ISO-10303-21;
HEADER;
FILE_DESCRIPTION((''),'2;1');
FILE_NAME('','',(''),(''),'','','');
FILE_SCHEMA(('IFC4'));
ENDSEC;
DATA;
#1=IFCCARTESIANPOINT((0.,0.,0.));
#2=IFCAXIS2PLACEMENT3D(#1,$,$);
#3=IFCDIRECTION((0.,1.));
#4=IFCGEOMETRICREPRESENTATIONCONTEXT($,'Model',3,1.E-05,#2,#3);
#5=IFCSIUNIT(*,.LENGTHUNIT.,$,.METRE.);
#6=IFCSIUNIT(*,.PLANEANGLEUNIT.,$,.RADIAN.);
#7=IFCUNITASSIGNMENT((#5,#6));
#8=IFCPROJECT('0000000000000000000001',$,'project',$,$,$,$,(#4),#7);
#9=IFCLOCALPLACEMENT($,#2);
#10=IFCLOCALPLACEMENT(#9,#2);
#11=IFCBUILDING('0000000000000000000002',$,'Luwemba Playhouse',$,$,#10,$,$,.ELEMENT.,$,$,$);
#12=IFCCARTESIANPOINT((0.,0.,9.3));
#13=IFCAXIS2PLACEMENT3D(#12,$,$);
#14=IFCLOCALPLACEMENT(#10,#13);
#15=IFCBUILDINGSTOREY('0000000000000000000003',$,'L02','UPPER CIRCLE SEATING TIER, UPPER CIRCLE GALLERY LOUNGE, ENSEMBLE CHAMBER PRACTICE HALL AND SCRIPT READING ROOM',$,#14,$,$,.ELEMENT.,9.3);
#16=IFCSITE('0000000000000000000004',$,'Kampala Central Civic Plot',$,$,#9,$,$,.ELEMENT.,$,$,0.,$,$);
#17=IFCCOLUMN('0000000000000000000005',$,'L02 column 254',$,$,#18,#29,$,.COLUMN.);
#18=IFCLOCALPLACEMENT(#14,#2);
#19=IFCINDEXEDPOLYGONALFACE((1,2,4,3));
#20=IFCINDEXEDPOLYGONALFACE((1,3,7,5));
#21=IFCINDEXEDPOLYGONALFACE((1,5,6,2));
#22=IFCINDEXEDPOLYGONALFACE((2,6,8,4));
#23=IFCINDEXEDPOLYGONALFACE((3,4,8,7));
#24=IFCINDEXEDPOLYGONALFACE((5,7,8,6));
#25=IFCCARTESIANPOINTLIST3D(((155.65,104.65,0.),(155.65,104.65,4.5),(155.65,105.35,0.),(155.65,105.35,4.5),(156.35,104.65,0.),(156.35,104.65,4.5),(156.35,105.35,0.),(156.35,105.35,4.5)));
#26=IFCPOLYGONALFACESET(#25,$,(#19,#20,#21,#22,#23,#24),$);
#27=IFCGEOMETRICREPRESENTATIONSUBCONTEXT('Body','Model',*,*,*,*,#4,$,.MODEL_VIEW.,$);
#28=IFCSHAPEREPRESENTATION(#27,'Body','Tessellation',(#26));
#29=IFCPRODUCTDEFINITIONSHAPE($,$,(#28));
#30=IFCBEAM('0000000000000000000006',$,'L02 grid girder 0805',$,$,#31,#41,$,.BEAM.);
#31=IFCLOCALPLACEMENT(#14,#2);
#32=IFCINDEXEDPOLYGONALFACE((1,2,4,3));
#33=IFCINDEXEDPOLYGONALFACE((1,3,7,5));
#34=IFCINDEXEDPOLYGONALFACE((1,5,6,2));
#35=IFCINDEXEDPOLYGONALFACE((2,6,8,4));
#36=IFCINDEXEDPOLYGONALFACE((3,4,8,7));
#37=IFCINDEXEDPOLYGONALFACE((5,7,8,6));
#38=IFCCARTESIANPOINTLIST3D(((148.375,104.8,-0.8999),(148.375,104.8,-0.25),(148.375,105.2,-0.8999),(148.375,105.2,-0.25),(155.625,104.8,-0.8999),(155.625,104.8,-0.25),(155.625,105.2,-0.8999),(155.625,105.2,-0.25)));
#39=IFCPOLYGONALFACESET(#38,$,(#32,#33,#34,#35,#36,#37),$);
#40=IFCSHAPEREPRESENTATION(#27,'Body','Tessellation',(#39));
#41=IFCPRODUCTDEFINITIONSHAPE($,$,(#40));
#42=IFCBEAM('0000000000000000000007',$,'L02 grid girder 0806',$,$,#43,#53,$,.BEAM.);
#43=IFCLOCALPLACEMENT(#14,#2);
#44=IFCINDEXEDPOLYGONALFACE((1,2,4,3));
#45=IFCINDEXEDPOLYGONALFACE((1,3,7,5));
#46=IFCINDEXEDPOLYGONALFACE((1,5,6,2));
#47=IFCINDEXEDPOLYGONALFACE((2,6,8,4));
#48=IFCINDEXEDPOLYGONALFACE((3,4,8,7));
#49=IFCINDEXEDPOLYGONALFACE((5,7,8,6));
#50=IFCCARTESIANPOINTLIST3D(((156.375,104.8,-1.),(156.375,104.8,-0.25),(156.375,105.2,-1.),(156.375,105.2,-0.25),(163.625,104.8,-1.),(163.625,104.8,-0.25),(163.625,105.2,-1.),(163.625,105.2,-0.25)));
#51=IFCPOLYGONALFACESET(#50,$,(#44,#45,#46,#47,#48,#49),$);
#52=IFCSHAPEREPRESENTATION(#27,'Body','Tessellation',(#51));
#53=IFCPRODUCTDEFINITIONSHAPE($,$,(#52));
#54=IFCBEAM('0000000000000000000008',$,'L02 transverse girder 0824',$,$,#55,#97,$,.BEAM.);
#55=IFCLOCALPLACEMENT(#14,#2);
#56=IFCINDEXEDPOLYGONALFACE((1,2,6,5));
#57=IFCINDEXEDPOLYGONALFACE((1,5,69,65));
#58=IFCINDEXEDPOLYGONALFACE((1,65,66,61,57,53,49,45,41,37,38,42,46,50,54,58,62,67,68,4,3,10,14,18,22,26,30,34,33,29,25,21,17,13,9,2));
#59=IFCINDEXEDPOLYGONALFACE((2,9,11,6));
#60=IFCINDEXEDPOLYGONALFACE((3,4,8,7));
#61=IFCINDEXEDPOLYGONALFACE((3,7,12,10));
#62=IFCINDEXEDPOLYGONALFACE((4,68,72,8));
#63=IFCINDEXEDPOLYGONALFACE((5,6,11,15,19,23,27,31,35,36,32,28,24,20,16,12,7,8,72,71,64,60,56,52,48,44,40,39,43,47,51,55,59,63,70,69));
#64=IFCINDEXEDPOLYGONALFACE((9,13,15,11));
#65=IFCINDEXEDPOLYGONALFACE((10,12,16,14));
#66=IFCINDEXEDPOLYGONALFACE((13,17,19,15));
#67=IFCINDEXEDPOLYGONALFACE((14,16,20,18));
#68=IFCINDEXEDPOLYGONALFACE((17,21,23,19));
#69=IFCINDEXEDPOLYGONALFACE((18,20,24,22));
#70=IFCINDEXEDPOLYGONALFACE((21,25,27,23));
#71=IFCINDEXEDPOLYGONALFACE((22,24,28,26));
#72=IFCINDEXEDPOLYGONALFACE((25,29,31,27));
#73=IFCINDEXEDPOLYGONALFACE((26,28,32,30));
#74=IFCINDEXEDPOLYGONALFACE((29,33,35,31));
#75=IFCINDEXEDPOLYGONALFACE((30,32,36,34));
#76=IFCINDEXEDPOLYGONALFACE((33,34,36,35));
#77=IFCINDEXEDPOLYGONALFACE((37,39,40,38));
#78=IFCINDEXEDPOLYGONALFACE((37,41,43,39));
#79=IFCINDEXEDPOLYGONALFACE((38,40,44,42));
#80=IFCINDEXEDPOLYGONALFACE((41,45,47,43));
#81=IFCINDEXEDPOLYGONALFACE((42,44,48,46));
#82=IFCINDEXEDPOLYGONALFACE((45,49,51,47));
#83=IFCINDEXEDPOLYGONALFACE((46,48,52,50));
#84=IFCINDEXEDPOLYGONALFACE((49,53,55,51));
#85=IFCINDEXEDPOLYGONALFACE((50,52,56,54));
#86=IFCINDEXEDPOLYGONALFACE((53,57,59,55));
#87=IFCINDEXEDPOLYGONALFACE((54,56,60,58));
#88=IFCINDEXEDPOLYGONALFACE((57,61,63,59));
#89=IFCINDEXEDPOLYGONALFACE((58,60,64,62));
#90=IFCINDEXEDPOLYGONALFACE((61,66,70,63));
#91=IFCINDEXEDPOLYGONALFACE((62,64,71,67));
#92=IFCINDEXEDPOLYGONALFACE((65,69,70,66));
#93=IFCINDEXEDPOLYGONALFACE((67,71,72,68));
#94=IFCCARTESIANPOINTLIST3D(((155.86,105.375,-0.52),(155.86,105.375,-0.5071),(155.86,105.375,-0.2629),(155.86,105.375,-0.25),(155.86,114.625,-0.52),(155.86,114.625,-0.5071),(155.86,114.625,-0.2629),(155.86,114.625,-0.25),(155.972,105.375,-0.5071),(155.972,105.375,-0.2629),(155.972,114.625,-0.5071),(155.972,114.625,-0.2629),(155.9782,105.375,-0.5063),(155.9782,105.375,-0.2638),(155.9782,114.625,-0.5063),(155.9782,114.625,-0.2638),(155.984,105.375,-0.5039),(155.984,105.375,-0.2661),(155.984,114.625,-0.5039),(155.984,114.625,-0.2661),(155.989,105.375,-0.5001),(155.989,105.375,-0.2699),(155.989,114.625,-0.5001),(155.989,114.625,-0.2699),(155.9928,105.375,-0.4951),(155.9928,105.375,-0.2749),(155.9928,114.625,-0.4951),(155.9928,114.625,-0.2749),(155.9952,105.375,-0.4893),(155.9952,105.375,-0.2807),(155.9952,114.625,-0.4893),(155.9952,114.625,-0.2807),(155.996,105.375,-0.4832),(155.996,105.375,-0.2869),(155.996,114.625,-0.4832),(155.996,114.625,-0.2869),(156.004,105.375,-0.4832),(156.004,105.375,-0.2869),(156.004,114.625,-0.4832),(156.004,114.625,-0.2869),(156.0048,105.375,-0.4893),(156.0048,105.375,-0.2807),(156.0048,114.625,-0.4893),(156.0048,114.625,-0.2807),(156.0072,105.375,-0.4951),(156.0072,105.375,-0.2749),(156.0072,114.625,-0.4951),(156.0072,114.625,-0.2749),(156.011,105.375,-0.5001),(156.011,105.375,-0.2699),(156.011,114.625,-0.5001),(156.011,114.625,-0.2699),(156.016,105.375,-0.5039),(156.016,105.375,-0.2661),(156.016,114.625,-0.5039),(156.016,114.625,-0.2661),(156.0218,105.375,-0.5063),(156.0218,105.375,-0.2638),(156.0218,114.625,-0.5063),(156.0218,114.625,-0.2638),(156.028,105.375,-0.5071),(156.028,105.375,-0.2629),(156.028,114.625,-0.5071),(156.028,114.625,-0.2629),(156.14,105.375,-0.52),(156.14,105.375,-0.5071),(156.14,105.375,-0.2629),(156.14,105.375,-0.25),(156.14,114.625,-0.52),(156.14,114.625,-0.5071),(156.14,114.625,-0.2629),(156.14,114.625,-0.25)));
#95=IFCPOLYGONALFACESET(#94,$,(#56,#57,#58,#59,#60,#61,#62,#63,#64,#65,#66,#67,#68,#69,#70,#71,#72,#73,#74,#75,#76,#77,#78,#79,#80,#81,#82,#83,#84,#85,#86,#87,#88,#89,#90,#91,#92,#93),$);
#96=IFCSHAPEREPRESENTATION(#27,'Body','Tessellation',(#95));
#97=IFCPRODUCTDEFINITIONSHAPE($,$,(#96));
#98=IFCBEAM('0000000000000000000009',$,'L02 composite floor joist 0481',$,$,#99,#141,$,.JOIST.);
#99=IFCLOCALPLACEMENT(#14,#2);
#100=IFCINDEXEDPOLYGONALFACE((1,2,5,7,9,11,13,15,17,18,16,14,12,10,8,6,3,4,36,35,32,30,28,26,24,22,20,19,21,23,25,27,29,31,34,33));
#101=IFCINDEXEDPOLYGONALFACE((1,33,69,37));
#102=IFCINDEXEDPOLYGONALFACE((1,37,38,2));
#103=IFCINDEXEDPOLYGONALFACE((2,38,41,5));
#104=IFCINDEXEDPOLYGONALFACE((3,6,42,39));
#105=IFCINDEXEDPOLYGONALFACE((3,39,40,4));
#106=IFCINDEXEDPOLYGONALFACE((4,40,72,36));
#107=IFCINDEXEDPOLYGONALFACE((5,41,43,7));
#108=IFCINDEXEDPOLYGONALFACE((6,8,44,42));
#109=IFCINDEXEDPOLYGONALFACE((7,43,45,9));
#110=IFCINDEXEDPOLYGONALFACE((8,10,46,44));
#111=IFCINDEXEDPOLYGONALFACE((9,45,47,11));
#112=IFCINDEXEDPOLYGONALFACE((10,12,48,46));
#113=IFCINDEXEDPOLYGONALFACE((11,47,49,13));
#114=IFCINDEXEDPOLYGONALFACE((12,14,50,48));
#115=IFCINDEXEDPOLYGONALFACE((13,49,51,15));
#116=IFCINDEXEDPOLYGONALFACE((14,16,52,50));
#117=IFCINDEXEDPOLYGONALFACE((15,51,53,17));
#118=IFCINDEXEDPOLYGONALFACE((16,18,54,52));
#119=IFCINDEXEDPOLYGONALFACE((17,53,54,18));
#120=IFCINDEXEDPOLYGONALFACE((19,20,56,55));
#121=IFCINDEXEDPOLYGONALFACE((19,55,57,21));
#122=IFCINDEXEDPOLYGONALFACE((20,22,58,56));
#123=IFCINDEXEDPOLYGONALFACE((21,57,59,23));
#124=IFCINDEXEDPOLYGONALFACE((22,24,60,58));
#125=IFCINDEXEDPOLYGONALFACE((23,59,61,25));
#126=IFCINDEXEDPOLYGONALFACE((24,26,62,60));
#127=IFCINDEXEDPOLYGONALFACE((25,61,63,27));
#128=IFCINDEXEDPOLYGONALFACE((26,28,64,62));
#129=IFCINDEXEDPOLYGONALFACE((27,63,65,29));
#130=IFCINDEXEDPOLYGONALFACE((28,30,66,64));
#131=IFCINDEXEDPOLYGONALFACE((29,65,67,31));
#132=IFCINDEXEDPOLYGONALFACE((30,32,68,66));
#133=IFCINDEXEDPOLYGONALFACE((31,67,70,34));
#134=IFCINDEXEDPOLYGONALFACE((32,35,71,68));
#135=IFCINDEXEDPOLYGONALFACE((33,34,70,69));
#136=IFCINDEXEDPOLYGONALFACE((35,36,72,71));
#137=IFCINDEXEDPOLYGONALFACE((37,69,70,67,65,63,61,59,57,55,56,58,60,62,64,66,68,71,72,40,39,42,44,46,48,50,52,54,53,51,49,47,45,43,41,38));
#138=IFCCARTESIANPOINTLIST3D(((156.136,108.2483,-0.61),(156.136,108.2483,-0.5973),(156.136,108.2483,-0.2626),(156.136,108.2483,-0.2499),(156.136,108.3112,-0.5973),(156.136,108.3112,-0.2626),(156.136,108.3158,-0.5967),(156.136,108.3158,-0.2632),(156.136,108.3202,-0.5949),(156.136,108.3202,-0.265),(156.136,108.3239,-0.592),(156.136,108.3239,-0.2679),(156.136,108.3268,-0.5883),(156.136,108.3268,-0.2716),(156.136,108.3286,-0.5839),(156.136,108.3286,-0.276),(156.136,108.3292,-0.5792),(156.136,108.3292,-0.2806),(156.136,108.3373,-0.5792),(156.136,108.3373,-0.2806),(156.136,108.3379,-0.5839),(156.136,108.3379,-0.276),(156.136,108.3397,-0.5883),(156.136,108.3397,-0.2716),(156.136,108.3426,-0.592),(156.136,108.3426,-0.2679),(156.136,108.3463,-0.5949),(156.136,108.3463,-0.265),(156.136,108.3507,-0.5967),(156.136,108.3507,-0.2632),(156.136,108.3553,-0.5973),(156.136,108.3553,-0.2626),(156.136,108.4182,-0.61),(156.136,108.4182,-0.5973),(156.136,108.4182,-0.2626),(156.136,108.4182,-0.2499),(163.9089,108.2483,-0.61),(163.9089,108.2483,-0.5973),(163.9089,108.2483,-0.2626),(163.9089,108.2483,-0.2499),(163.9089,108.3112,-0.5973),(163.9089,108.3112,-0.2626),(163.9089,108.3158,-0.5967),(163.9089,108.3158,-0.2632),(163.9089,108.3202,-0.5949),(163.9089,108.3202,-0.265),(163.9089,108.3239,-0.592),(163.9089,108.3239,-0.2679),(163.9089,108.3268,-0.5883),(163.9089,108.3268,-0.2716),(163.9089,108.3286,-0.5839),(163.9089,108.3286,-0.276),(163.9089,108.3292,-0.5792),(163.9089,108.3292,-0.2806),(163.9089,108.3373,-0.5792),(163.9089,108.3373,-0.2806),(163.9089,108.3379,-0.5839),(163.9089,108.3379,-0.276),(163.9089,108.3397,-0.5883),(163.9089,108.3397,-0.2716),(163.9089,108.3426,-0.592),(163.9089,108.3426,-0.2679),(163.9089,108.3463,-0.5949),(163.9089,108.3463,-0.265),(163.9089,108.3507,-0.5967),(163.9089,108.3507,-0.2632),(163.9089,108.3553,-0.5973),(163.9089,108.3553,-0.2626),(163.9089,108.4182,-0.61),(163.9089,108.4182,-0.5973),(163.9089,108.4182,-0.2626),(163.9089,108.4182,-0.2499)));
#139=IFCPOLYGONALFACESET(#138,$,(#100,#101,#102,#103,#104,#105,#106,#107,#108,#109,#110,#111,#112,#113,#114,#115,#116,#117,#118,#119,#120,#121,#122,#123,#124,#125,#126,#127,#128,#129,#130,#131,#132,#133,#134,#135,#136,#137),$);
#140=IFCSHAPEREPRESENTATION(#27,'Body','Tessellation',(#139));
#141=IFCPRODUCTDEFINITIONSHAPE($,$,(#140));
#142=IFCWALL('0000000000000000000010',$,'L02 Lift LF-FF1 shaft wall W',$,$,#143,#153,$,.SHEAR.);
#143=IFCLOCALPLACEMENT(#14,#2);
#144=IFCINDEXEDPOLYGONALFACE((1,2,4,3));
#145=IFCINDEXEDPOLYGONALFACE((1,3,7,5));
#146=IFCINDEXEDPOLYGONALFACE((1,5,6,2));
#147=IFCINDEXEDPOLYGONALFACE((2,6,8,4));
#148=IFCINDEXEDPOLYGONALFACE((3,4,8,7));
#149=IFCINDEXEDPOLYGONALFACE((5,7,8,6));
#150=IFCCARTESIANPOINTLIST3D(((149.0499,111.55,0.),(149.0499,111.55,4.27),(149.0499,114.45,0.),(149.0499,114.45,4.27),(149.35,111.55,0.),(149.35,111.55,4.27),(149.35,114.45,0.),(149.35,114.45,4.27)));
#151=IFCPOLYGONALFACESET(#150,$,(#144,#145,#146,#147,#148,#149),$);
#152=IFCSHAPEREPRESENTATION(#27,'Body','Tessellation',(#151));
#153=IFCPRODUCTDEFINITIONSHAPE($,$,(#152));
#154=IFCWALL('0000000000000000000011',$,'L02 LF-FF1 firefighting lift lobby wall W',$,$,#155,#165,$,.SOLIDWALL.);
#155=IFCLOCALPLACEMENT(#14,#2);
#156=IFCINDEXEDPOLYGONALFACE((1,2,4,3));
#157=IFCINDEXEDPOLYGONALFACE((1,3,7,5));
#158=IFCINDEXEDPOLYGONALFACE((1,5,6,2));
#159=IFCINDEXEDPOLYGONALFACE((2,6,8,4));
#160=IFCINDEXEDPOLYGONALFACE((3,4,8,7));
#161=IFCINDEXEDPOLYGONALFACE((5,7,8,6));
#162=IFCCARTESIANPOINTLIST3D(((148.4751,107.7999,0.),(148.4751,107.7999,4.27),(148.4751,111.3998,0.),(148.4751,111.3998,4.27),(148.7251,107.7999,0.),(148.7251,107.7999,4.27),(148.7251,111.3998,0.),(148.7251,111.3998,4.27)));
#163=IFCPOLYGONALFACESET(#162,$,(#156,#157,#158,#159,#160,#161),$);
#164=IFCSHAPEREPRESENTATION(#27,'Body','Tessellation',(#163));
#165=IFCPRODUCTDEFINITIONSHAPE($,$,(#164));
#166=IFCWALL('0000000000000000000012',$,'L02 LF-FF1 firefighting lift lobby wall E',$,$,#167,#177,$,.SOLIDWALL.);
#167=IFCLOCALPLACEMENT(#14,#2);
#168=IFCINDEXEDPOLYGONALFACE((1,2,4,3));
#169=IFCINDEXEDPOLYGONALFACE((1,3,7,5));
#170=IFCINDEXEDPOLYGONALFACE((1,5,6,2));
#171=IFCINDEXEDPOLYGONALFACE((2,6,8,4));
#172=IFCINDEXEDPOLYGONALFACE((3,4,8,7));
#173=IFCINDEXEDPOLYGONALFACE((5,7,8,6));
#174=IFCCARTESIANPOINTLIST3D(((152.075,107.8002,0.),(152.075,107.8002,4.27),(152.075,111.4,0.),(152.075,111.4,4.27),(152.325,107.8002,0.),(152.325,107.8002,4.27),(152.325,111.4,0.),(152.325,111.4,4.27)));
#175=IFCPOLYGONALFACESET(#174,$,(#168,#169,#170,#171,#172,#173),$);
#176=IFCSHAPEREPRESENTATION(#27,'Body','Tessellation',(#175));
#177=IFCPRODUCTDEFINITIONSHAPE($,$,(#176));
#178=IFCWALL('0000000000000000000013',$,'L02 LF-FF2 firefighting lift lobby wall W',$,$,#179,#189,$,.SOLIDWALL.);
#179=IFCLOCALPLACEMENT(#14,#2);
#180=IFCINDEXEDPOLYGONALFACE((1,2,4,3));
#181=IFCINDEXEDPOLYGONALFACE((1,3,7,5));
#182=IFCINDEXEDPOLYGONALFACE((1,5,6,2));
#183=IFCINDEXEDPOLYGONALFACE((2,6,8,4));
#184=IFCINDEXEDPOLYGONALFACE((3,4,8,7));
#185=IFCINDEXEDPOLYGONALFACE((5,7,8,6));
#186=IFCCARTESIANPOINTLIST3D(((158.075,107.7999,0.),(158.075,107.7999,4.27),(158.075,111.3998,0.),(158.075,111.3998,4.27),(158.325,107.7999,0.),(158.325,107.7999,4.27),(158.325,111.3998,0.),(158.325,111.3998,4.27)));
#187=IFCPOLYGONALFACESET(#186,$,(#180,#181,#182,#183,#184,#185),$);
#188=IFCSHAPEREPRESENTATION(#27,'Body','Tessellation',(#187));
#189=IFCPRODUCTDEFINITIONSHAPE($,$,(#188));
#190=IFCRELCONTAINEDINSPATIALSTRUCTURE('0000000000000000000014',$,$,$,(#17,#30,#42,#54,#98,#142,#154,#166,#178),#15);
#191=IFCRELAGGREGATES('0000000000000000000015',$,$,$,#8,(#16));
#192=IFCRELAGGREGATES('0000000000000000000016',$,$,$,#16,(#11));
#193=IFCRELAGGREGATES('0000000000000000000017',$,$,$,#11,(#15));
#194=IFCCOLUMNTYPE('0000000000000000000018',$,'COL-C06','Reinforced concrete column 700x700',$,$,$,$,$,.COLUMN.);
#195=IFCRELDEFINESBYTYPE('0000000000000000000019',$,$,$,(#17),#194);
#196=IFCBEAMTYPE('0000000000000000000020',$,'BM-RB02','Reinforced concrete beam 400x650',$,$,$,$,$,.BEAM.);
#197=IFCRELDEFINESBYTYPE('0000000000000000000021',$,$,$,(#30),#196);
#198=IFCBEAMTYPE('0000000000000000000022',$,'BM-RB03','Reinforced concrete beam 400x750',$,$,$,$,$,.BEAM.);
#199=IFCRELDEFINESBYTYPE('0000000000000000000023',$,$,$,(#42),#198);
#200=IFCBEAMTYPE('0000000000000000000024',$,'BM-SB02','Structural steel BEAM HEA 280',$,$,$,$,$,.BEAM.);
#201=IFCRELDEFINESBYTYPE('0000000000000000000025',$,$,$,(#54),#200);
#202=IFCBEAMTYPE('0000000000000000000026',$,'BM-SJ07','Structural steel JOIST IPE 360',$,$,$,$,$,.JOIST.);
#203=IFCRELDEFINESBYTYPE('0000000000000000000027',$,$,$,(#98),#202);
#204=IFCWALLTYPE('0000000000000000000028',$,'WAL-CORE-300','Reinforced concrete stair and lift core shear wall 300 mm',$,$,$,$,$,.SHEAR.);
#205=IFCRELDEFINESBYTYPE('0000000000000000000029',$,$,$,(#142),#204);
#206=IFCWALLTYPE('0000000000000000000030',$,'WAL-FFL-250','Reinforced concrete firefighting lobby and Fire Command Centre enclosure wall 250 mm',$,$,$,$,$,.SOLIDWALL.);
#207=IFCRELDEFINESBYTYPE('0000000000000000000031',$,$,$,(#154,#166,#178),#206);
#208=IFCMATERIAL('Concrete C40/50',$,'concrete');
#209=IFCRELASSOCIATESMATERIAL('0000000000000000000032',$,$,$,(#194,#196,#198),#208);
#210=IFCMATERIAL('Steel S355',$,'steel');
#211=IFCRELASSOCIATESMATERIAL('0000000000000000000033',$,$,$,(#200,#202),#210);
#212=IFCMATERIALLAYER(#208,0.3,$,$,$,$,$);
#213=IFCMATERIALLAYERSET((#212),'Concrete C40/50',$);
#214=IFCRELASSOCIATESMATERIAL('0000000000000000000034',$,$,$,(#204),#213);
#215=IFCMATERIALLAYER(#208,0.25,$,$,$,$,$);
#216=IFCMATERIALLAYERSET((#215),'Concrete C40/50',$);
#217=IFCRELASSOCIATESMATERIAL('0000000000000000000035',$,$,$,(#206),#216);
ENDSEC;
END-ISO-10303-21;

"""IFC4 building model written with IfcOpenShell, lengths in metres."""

from ifc_helpers import new_model, si_unit, direction, frame, frame_2d, origin, origin_2d, place, context, subcontext, project, spatial, rectangle, i_section, extrude, material, layer, layer_set, material_profile, profile_set, type_object, element, save


model = new_model("IFC4")

# Units and contexts
model_context = context("Model", 3, precision=1e-05, world=origin(), true_north=direction((0.0, 1.0)))
body_context = subcontext(model_context, "Body", "Model", "MODEL_VIEW")
ifc_project = project(units=[si_unit("LENGTHUNIT", "METRE"), si_unit("PLANEANGLEUNIT", "RADIAN")], contexts=[model_context])

# Site, building, storey
site_placement = place(None, origin())
site = spatial("IfcSite", under=ifc_project, at=site_placement, Name="Kampala Central Civic Plot", CompositionType="ELEMENT", RefElevation=0.0)
building_placement = place(site_placement, origin())
building = spatial("IfcBuilding", under=site, at=building_placement, Name="Luwemba Playhouse", CompositionType="ELEMENT")
storey_placement = place(building_placement, frame((0.0, 0.0, 9.3)))
storey = spatial("IfcBuildingStorey", under=building, at=storey_placement, Name="L02", Description="UPPER CIRCLE SEATING TIER, UPPER CIRCLE GALLERY LOUNGE, ENSEMBLE CHAMBER PRACTICE HALL AND SCRIPT READING ROOM", CompositionType="ELEMENT", Elevation=9.3)

# Column
ifc_material_1 = material(Name="Concrete C40/50", Category="concrete")
ifc_material_profile_1 = material_profile(ifc_material_1, rectangle(XDim=0.7, YDim=0.7, at=origin_2d()))
ifc_profile_set_1 = profile_set([ifc_material_profile_1], Name="Concrete C40/50")
column_type = type_object("IfcColumnType", Name="COL-C06", Description="Reinforced concrete column 700x700", PredefinedType="COLUMN", material=ifc_profile_set_1)
column_placement = place(storey_placement, frame((156.0, 105.0, 0.0), z_axis=(0.0, 0.0, 1.0), x_axis=(1.0, 0.0, 0.0)))
element("IfcColumn", 1, at=column_placement, inside=storey, type_object=column_type, Name="L02 column 254", PredefinedType="COLUMN", context=body_context, shape_type="SweptSolid", body=[
    extrude(rectangle(XDim=0.7, YDim=0.7, at=origin_2d()), origin(), (0.0, 0.0, 1.0), 4.5),
])

# Beams
ifc_material_profile_2 = material_profile(ifc_material_1, rectangle(XDim=0.3999, YDim=0.6499, at=origin_2d()))
ifc_profile_set_2 = profile_set([ifc_material_profile_2], Name="Concrete C40/50")
beam_type_1 = type_object("IfcBeamType", Name="BM-RB02", Description="Reinforced concrete beam 400x650", PredefinedType="BEAM", material=ifc_profile_set_2)
beam_1_placement = place(storey_placement, frame((148.375, 105.0, -0.575), z_axis=(1.0, 0.0, 0.0), x_axis=(0.0, 1.0, 0.0)))
element("IfcBeam", 2, at=beam_1_placement, inside=storey, type_object=beam_type_1, Name="L02 grid girder 0805", PredefinedType="BEAM", context=body_context, shape_type="SweptSolid", body=[
    extrude(rectangle(XDim=0.3999, YDim=0.6499, at=origin_2d()), origin(), (0.0, 0.0, 1.0), 7.25),
])
ifc_material_profile_3 = material_profile(ifc_material_1, rectangle(XDim=0.3999, YDim=0.75, at=origin_2d()))
ifc_profile_set_3 = profile_set([ifc_material_profile_3], Name="Concrete C40/50")
beam_type_2 = type_object("IfcBeamType", Name="BM-RB03", Description="Reinforced concrete beam 400x750", PredefinedType="BEAM", material=ifc_profile_set_3)
beam_2_placement = place(storey_placement, frame((156.375, 105.0, -0.625), z_axis=(1.0, 0.0, 0.0), x_axis=(0.0, 1.0, 0.0)))
element("IfcBeam", 3, at=beam_2_placement, inside=storey, type_object=beam_type_2, Name="L02 grid girder 0806", PredefinedType="BEAM", context=body_context, shape_type="SweptSolid", body=[
    extrude(rectangle(XDim=0.3999, YDim=0.75, at=origin_2d()), origin(), (0.0, 0.0, 1.0), 7.25),
])
ifc_material_2 = material(Name="Steel S355", Category="steel")
ifc_material_profile_4 = material_profile(ifc_material_2, i_section(OverallWidth=0.28, OverallDepth=0.27, WebThickness=0.0081, FlangeThickness=0.0129, FilletRadius=0.0239, at=origin_2d()))
ifc_profile_set_4 = profile_set([ifc_material_profile_4], Name="Steel S355")
beam_type_3 = type_object("IfcBeamType", Name="BM-SB02", Description="Structural steel BEAM HEA 280", PredefinedType="BEAM", material=ifc_profile_set_4)
beam_3_placement = place(storey_placement, frame((156.0, 105.375, -0.385), z_axis=(0.0, 1.0, 0.0), x_axis=(-1.0, 0.0, 0.0)))
element("IfcBeam", 4, at=beam_3_placement, inside=storey, type_object=beam_type_3, Name="L02 transverse girder 0824", PredefinedType="BEAM", context=body_context, shape_type="SweptSolid", body=[
    extrude(i_section(OverallWidth=0.28, OverallDepth=0.27, WebThickness=0.0081, FlangeThickness=0.0129, FilletRadius=0.0239, at=origin_2d()), origin(), (0.0, 0.0, 1.0), 9.25),
])
ifc_material_profile_5 = material_profile(ifc_material_2, i_section(OverallWidth=0.1699, OverallDepth=0.3601, WebThickness=0.0081, FlangeThickness=0.0127, FilletRadius=0.0181, at=origin_2d()))
ifc_profile_set_5 = profile_set([ifc_material_profile_5], Name="Steel S355")
beam_type_4 = type_object("IfcBeamType", Name="BM-SJ07", Description="Structural steel JOIST IPE 360", PredefinedType="JOIST", material=ifc_profile_set_5)
beam_4_placement = place(storey_placement, frame((156.136, 108.3333, -0.4299), z_axis=(1.0, 0.0, 0.0), x_axis=(0.0, 1.0, 0.0)))
element("IfcBeam", 5, at=beam_4_placement, inside=storey, type_object=beam_type_4, Name="L02 composite floor joist 0481", PredefinedType="JOIST", context=body_context, shape_type="SweptSolid", body=[
    extrude(i_section(OverallWidth=0.1699, OverallDepth=0.3601, WebThickness=0.0081, FlangeThickness=0.0127, FilletRadius=0.0181, at=origin_2d()), origin(), (0.0, 0.0, 1.0), 7.7729),
])

# Shared definitions
ifc_layer_1 = layer(ifc_material_1, 0.3)
ifc_layer_set_1 = layer_set([ifc_layer_1], Name="Concrete C40/50")
wall_type_1 = type_object("IfcWallType", Name="WAL-CORE-300", Description="Reinforced concrete stair and lift core shear wall 300 mm", PredefinedType="SHEAR", material=ifc_layer_set_1)

# Wall
wall_1_placement = place(storey_placement, frame((149.2, 111.55, 0.0), z_axis=(0.0, 0.0, 1.0), x_axis=(0.0, 1.0, 0.0)))
element("IfcWall", 6, at=wall_1_placement, inside=storey, type_object=wall_type_1, Name="L02 Lift LF-FF1 shaft wall W", PredefinedType="SHEAR", context=body_context, shape_type="SweptSolid", body=[
    extrude(rectangle(XDim=2.8999, YDim=0.3, at=frame_2d((1.45, 0.0))), origin(), (0.0, 0.0, 1.0), 4.27),
])

# Shared definitions
ifc_layer_2 = layer(ifc_material_1, 0.25)
ifc_layer_set_2 = layer_set([ifc_layer_2], Name="Concrete C40/50")
wall_type_2 = type_object("IfcWallType", Name="WAL-FFL-250", Description="Reinforced concrete firefighting lobby and Fire Command Centre enclosure wall 250 mm", PredefinedType="SOLIDWALL", material=ifc_layer_set_2)

# Walls
for number, where, z_axis, x_axis, name in (
    (7, (148.6001, 107.8, 0.0), (0.0, 0.0, 1.0), (0.0, 1.0, 0.0), "L02 LF-FF1 firefighting lift lobby wall W"),
    (8, (152.2, 111.3999, 0.0), (0.0, 0.0, 1.0), (0.0, -1.0, 0.0), "L02 LF-FF1 firefighting lift lobby wall E"),
    (9, (158.2, 107.8, 0.0), (0.0, 0.0, 1.0), (0.0, 1.0, 0.0), "L02 LF-FF2 firefighting lift lobby wall W"),
):
    element("IfcWall", number, at=place(storey_placement, frame(where, z_axis=z_axis, x_axis=x_axis)), inside=storey, type_object=wall_type_2, Name=name, PredefinedType="SOLIDWALL", context=body_context, shape_type="SweptSolid", body=[
        extrude(rectangle(XDim=3.5999, YDim=0.25, at=frame_2d((1.7998, 0.0))), origin(), (0.0, 0.0, 1.0), 4.27),
    ])

save(model, "model.ifc")
